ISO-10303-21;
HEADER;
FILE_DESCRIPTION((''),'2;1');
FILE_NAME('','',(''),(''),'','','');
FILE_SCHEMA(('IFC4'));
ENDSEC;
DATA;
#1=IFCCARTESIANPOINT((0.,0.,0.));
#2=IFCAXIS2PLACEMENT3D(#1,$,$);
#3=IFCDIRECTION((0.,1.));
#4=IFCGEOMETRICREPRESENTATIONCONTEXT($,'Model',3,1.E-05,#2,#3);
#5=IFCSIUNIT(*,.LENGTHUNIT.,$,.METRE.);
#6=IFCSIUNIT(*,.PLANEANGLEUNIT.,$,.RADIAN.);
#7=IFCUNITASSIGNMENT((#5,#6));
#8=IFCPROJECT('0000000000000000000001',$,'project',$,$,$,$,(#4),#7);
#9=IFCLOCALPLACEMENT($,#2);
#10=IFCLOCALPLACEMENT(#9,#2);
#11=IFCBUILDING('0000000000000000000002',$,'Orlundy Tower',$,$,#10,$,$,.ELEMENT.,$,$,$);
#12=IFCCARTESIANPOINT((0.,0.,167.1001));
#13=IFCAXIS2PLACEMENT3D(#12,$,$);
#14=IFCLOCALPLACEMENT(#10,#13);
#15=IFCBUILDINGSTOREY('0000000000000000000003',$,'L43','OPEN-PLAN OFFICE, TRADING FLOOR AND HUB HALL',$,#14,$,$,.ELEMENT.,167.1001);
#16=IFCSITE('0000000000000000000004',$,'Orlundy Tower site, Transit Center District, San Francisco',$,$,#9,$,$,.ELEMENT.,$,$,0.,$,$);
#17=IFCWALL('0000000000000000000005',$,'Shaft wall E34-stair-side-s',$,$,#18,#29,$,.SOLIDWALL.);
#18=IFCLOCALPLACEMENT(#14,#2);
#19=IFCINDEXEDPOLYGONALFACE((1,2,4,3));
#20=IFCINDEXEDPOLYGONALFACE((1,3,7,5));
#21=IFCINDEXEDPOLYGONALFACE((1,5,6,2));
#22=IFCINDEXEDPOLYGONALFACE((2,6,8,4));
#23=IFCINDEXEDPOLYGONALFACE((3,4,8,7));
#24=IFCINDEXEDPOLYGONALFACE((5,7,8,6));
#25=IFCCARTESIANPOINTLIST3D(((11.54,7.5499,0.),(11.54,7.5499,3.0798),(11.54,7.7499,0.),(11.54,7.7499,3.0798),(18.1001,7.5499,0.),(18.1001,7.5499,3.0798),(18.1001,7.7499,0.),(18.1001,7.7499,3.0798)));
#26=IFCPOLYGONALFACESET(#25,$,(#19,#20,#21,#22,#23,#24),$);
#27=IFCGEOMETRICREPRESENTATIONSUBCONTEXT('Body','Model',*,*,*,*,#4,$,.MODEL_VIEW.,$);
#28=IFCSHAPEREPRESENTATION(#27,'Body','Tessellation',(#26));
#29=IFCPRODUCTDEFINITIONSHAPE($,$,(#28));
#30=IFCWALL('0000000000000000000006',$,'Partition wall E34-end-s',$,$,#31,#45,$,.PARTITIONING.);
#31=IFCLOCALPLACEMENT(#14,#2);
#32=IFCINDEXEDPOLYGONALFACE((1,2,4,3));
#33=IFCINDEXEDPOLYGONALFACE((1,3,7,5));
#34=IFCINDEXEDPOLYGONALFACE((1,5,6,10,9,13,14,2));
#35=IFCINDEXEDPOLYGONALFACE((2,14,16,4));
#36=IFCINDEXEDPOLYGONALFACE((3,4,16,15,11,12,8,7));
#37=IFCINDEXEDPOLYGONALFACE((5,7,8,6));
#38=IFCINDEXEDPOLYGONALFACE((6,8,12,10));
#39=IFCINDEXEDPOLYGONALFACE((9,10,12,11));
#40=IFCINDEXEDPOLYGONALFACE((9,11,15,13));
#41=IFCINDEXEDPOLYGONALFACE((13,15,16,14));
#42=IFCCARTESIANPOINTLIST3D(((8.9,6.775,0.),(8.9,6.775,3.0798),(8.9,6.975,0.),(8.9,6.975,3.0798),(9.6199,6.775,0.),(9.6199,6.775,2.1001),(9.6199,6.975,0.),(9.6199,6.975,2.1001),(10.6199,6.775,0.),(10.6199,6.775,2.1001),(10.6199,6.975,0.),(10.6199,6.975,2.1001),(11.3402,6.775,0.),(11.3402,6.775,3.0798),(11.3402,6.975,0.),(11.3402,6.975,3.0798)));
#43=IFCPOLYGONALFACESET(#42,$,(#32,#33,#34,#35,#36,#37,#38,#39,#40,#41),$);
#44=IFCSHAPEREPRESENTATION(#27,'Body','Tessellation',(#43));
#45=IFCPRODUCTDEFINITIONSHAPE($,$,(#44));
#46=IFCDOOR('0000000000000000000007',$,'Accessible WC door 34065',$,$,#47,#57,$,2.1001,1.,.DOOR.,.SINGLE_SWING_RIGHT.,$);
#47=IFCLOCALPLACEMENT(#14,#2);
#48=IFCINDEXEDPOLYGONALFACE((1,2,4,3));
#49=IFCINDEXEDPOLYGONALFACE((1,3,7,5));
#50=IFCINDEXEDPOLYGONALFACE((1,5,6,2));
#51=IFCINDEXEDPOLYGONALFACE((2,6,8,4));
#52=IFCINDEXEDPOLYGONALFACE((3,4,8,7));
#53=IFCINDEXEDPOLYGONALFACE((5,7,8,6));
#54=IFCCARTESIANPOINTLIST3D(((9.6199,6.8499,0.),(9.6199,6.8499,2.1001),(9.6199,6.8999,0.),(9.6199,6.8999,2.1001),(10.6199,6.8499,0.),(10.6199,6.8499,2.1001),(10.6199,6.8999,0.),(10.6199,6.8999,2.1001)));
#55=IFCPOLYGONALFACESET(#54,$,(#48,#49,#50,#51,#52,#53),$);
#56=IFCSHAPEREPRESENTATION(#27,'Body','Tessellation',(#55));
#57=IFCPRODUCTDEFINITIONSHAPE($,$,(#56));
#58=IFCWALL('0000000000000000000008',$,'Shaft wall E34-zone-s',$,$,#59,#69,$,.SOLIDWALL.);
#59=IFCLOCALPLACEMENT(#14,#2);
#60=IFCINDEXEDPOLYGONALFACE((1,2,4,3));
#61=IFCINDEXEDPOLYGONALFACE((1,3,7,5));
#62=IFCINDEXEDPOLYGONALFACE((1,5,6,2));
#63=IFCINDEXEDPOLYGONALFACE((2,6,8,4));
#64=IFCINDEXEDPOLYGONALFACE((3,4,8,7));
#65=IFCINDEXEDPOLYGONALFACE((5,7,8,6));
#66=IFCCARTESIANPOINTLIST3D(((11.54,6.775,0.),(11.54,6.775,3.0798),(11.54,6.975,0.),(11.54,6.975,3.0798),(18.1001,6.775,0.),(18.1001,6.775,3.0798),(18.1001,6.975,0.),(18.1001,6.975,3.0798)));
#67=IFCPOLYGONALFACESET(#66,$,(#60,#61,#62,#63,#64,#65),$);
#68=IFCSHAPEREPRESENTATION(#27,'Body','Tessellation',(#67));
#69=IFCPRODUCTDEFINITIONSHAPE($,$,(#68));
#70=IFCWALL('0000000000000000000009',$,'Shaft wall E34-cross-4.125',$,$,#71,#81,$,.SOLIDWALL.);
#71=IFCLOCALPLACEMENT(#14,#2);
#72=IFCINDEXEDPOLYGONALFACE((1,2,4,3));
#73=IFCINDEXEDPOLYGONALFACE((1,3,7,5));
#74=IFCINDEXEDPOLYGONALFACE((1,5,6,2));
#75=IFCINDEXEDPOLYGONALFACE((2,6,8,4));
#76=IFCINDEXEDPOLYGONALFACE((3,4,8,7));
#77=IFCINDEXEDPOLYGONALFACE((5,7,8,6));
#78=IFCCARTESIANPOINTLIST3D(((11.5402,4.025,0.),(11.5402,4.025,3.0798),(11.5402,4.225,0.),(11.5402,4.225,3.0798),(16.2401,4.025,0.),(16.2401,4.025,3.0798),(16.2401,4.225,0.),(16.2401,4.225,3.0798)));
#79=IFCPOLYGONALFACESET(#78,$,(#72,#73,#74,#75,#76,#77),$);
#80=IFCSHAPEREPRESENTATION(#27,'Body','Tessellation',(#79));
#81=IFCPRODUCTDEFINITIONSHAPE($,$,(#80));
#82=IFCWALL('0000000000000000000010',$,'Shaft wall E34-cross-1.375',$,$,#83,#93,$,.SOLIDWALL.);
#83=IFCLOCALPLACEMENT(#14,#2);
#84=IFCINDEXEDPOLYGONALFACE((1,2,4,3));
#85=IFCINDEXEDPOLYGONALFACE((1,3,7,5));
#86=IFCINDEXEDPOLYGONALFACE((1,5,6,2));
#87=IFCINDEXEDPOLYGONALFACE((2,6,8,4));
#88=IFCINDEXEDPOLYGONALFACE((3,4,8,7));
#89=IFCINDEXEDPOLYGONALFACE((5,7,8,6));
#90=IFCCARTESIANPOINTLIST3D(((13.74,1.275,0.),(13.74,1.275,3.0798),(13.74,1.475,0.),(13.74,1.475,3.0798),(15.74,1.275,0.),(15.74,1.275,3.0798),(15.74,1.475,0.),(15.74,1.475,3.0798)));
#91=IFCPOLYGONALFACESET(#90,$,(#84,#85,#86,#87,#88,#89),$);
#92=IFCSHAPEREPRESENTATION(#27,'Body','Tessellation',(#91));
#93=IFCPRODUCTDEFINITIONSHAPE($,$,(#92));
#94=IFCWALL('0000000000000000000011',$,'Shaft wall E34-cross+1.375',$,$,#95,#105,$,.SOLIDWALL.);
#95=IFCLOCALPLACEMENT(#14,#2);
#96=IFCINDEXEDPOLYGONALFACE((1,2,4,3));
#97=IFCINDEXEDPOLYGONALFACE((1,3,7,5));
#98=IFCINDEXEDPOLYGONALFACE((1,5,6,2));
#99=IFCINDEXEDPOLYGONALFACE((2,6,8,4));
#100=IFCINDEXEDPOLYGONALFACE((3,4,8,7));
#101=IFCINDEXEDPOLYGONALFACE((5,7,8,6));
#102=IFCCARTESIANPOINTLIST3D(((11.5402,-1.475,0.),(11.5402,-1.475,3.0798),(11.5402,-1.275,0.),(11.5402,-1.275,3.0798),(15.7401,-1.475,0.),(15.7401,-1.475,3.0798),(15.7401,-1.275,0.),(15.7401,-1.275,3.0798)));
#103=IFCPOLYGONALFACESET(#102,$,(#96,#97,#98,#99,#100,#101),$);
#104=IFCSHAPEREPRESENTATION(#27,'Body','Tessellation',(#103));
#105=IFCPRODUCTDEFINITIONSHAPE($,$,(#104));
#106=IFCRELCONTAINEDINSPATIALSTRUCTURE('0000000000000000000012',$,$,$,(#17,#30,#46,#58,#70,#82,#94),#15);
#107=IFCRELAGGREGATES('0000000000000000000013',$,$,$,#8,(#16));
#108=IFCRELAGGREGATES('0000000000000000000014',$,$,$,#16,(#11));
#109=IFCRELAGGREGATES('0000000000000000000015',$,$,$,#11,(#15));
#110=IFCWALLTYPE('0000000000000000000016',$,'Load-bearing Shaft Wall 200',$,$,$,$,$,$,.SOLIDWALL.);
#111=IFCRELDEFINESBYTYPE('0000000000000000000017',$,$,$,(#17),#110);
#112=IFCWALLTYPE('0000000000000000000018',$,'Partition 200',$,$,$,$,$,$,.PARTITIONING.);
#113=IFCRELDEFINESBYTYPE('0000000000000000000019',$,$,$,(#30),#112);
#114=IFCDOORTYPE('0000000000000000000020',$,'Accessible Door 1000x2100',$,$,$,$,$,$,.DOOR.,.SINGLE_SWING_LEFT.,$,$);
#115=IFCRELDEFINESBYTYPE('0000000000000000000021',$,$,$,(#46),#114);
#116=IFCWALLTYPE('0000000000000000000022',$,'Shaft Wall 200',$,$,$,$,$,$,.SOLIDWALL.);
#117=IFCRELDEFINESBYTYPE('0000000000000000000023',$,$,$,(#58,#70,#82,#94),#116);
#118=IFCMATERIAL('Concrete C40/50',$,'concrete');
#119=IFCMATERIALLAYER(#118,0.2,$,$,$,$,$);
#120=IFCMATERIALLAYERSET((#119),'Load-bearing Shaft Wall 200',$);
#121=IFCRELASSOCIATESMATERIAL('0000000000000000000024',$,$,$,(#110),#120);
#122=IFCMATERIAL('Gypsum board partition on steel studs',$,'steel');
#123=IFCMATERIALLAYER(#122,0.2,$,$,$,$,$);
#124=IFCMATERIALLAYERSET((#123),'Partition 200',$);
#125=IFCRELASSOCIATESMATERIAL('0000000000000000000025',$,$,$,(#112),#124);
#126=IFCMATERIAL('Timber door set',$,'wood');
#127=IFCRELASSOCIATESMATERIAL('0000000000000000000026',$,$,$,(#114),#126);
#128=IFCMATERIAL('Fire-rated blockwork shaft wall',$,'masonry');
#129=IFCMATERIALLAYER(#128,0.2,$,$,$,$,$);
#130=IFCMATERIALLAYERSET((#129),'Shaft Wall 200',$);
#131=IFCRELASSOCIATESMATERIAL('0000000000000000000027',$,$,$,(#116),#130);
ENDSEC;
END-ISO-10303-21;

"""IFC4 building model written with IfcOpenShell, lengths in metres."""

from ifc_helpers import new_model, si_unit, direction, frame, frame_2d, origin, place, context, subcontext, project, spatial, rectangle, extrude, material, layer, layer_set, type_object, element, fill, save


model = new_model("IFC4")

# Units and contexts
model_context = context("Model", 3, precision=1e-05, world=origin(), true_north=direction((0.0, 1.0)))
body_context = subcontext(model_context, "Body", "Model", "MODEL_VIEW")
ifc_project = project(units=[si_unit("LENGTHUNIT", "METRE"), si_unit("PLANEANGLEUNIT", "RADIAN")], contexts=[model_context])

# Site, building, storey
site_placement = place(None, origin())
site = spatial("IfcSite", under=ifc_project, at=site_placement, Name="Orlundy Tower site, Transit Center District, San Francisco", CompositionType="ELEMENT", RefElevation=0.0)
building_placement = place(site_placement, origin())
building = spatial("IfcBuilding", under=site, at=building_placement, Name="Orlundy Tower", CompositionType="ELEMENT")
storey_placement = place(building_placement, frame((0.0, 0.0, 167.1001)))
storey = spatial("IfcBuildingStorey", under=building, at=storey_placement, Name="L43", Description="OPEN-PLAN OFFICE, TRADING FLOOR AND HUB HALL", CompositionType="ELEMENT", Elevation=167.1001)

# Wall
ifc_material_1 = material(Name="Concrete C40/50", Category="concrete")
ifc_layer_1 = layer(ifc_material_1, 0.2)
ifc_layer_set_1 = layer_set([ifc_layer_1], Name="Load-bearing Shaft Wall 200")
wall_type_1 = type_object("IfcWallType", Name="Load-bearing Shaft Wall 200", PredefinedType="SOLIDWALL", material=ifc_layer_set_1)
wall_1_placement = place(storey_placement, frame((11.54, 7.6499, 0.0), z_axis=(0.0, 0.0, 1.0), x_axis=(1.0, 0.0, 0.0)))
element("IfcWall", 1, at=wall_1_placement, inside=storey, type_object=wall_type_1, Name="Shaft wall E34-stair-side-s", PredefinedType="SOLIDWALL", context=body_context, shape_type="SweptSolid", body=[
    extrude(rectangle(XDim=6.5601, YDim=0.2, at=frame_2d((3.28, 0.0))), origin(), (0.0, 0.0, 1.0), 3.0798),
])

# Wall, opening, door
ifc_material_2 = material(Name="Gypsum board partition on steel studs", Category="steel")
ifc_layer_2 = layer(ifc_material_2, 0.2)
ifc_layer_set_2 = layer_set([ifc_layer_2], Name="Partition 200")
wall_type_2 = type_object("IfcWallType", Name="Partition 200", PredefinedType="PARTITIONING", material=ifc_layer_set_2)
wall_2_placement = place(storey_placement, frame((8.8999, 6.875, 0.0), z_axis=(0.0, 0.0, 1.0), x_axis=(1.0, 0.0, 0.0)))
wall_2 = element("IfcWall", 2, at=wall_2_placement, inside=storey, type_object=wall_type_2, Name="Partition wall E34-end-s", PredefinedType="PARTITIONING", context=body_context, shape_type="SweptSolid", body=[
    extrude(rectangle(XDim=2.4402, YDim=0.2, at=frame_2d((1.2202, 0.0))), origin(), (0.0, 0.0, 1.0), 3.0798),
])
opening_1_placement = place(wall_2_placement, frame((0.72, 0.0, 0.0)))
opening_1 = element("IfcOpeningElement", 3, at=opening_1_placement, cuts=wall_2, PredefinedType="OPENING", context=body_context, shape_type="SweptSolid", body=[
    extrude(rectangle(XDim=1.0, YDim=2.1001, at=frame_2d((0.5, 1.05))), frame((0.0, 0.1101, 0.0), z_axis=(0.0, -1.0, 0.0), x_axis=(1.0, 0.0, 0.0)), (0.0, 0.0, 1.0), 0.2202),
])
ifc_material_3 = material(Name="Timber door set", Category="wood")
door_type_1 = type_object("IfcDoorType", Name="Accessible Door 1000x2100", OperationType="SINGLE_SWING_LEFT", PredefinedType="DOOR", material=ifc_material_3)
door_1_placement = place(opening_1_placement, origin())
door_1 = element("IfcDoor", 4, at=door_1_placement, inside=storey, type_object=door_type_1, Name="Accessible WC door 34065", OperationType="SINGLE_SWING_RIGHT", OverallHeight=2.1001, OverallWidth=1.0, PredefinedType="DOOR", context=body_context, shape_type="SweptSolid", body=[
    extrude(rectangle(XDim=1.0, YDim=2.1001, at=frame_2d((0.5, 1.05))), frame((0.0, 0.0249, 0.0), z_axis=(0.0, -1.0, 0.0), x_axis=(1.0, 0.0, 0.0)), (0.0, 0.0, 1.0), 0.05),
])
fill(opening_1, door_1)

# Walls
ifc_material_4 = material(Name="Fire-rated blockwork shaft wall", Category="masonry")
ifc_layer_3 = layer(ifc_material_4, 0.2)
ifc_layer_set_3 = layer_set([ifc_layer_3], Name="Shaft Wall 200")
wall_type_3 = type_object("IfcWallType", Name="Shaft Wall 200", PredefinedType="SOLIDWALL", material=ifc_layer_set_3)
wall_3_placement = place(storey_placement, frame((11.54, 6.875, 0.0), z_axis=(0.0, 0.0, 1.0), x_axis=(1.0, 0.0, 0.0)))
element("IfcWall", 5, at=wall_3_placement, inside=storey, type_object=wall_type_3, Name="Shaft wall E34-zone-s", PredefinedType="SOLIDWALL", context=body_context, shape_type="SweptSolid", body=[
    extrude(rectangle(XDim=6.5601, YDim=0.2, at=frame_2d((3.28, 0.0))), origin(), (0.0, 0.0, 1.0), 3.0798),
])
wall_4_placement = place(storey_placement, frame((11.54, 4.125, 0.0), z_axis=(0.0, 0.0, 1.0), x_axis=(1.0, 0.0, 0.0)))
element("IfcWall", 6, at=wall_4_placement, inside=storey, type_object=wall_type_3, Name="Shaft wall E34-cross-4.125", PredefinedType="SOLIDWALL", context=body_context, shape_type="SweptSolid", body=[
    extrude(rectangle(XDim=4.7, YDim=0.2, at=frame_2d((2.3501, 0.0))), origin(), (0.0, 0.0, 1.0), 3.0798),
])
wall_5_placement = place(storey_placement, frame((13.74, 1.375, 0.0), z_axis=(0.0, 0.0, 1.0), x_axis=(1.0, 0.0, 0.0)))
element("IfcWall", 7, at=wall_5_placement, inside=storey, type_object=wall_type_3, Name="Shaft wall E34-cross-1.375", PredefinedType="SOLIDWALL", context=body_context, shape_type="SweptSolid", body=[
    extrude(rectangle(XDim=2.0, YDim=0.2, at=frame_2d((1.0, 0.0))), origin(), (0.0, 0.0, 1.0), 3.0798),
])
wall_6_placement = place(storey_placement, frame((11.54, -1.375, 0.0), z_axis=(0.0, 0.0, 1.0), x_axis=(1.0, 0.0, 0.0)))
element("IfcWall", 8, at=wall_6_placement, inside=storey, type_object=wall_type_3, Name="Shaft wall E34-cross+1.375", PredefinedType="SOLIDWALL", context=body_context, shape_type="SweptSolid", body=[
    extrude(rectangle(XDim=4.2, YDim=0.2, at=frame_2d((2.1001, 0.0))), origin(), (0.0, 0.0, 1.0), 3.0798),
])

save(model, "model.ifc")
